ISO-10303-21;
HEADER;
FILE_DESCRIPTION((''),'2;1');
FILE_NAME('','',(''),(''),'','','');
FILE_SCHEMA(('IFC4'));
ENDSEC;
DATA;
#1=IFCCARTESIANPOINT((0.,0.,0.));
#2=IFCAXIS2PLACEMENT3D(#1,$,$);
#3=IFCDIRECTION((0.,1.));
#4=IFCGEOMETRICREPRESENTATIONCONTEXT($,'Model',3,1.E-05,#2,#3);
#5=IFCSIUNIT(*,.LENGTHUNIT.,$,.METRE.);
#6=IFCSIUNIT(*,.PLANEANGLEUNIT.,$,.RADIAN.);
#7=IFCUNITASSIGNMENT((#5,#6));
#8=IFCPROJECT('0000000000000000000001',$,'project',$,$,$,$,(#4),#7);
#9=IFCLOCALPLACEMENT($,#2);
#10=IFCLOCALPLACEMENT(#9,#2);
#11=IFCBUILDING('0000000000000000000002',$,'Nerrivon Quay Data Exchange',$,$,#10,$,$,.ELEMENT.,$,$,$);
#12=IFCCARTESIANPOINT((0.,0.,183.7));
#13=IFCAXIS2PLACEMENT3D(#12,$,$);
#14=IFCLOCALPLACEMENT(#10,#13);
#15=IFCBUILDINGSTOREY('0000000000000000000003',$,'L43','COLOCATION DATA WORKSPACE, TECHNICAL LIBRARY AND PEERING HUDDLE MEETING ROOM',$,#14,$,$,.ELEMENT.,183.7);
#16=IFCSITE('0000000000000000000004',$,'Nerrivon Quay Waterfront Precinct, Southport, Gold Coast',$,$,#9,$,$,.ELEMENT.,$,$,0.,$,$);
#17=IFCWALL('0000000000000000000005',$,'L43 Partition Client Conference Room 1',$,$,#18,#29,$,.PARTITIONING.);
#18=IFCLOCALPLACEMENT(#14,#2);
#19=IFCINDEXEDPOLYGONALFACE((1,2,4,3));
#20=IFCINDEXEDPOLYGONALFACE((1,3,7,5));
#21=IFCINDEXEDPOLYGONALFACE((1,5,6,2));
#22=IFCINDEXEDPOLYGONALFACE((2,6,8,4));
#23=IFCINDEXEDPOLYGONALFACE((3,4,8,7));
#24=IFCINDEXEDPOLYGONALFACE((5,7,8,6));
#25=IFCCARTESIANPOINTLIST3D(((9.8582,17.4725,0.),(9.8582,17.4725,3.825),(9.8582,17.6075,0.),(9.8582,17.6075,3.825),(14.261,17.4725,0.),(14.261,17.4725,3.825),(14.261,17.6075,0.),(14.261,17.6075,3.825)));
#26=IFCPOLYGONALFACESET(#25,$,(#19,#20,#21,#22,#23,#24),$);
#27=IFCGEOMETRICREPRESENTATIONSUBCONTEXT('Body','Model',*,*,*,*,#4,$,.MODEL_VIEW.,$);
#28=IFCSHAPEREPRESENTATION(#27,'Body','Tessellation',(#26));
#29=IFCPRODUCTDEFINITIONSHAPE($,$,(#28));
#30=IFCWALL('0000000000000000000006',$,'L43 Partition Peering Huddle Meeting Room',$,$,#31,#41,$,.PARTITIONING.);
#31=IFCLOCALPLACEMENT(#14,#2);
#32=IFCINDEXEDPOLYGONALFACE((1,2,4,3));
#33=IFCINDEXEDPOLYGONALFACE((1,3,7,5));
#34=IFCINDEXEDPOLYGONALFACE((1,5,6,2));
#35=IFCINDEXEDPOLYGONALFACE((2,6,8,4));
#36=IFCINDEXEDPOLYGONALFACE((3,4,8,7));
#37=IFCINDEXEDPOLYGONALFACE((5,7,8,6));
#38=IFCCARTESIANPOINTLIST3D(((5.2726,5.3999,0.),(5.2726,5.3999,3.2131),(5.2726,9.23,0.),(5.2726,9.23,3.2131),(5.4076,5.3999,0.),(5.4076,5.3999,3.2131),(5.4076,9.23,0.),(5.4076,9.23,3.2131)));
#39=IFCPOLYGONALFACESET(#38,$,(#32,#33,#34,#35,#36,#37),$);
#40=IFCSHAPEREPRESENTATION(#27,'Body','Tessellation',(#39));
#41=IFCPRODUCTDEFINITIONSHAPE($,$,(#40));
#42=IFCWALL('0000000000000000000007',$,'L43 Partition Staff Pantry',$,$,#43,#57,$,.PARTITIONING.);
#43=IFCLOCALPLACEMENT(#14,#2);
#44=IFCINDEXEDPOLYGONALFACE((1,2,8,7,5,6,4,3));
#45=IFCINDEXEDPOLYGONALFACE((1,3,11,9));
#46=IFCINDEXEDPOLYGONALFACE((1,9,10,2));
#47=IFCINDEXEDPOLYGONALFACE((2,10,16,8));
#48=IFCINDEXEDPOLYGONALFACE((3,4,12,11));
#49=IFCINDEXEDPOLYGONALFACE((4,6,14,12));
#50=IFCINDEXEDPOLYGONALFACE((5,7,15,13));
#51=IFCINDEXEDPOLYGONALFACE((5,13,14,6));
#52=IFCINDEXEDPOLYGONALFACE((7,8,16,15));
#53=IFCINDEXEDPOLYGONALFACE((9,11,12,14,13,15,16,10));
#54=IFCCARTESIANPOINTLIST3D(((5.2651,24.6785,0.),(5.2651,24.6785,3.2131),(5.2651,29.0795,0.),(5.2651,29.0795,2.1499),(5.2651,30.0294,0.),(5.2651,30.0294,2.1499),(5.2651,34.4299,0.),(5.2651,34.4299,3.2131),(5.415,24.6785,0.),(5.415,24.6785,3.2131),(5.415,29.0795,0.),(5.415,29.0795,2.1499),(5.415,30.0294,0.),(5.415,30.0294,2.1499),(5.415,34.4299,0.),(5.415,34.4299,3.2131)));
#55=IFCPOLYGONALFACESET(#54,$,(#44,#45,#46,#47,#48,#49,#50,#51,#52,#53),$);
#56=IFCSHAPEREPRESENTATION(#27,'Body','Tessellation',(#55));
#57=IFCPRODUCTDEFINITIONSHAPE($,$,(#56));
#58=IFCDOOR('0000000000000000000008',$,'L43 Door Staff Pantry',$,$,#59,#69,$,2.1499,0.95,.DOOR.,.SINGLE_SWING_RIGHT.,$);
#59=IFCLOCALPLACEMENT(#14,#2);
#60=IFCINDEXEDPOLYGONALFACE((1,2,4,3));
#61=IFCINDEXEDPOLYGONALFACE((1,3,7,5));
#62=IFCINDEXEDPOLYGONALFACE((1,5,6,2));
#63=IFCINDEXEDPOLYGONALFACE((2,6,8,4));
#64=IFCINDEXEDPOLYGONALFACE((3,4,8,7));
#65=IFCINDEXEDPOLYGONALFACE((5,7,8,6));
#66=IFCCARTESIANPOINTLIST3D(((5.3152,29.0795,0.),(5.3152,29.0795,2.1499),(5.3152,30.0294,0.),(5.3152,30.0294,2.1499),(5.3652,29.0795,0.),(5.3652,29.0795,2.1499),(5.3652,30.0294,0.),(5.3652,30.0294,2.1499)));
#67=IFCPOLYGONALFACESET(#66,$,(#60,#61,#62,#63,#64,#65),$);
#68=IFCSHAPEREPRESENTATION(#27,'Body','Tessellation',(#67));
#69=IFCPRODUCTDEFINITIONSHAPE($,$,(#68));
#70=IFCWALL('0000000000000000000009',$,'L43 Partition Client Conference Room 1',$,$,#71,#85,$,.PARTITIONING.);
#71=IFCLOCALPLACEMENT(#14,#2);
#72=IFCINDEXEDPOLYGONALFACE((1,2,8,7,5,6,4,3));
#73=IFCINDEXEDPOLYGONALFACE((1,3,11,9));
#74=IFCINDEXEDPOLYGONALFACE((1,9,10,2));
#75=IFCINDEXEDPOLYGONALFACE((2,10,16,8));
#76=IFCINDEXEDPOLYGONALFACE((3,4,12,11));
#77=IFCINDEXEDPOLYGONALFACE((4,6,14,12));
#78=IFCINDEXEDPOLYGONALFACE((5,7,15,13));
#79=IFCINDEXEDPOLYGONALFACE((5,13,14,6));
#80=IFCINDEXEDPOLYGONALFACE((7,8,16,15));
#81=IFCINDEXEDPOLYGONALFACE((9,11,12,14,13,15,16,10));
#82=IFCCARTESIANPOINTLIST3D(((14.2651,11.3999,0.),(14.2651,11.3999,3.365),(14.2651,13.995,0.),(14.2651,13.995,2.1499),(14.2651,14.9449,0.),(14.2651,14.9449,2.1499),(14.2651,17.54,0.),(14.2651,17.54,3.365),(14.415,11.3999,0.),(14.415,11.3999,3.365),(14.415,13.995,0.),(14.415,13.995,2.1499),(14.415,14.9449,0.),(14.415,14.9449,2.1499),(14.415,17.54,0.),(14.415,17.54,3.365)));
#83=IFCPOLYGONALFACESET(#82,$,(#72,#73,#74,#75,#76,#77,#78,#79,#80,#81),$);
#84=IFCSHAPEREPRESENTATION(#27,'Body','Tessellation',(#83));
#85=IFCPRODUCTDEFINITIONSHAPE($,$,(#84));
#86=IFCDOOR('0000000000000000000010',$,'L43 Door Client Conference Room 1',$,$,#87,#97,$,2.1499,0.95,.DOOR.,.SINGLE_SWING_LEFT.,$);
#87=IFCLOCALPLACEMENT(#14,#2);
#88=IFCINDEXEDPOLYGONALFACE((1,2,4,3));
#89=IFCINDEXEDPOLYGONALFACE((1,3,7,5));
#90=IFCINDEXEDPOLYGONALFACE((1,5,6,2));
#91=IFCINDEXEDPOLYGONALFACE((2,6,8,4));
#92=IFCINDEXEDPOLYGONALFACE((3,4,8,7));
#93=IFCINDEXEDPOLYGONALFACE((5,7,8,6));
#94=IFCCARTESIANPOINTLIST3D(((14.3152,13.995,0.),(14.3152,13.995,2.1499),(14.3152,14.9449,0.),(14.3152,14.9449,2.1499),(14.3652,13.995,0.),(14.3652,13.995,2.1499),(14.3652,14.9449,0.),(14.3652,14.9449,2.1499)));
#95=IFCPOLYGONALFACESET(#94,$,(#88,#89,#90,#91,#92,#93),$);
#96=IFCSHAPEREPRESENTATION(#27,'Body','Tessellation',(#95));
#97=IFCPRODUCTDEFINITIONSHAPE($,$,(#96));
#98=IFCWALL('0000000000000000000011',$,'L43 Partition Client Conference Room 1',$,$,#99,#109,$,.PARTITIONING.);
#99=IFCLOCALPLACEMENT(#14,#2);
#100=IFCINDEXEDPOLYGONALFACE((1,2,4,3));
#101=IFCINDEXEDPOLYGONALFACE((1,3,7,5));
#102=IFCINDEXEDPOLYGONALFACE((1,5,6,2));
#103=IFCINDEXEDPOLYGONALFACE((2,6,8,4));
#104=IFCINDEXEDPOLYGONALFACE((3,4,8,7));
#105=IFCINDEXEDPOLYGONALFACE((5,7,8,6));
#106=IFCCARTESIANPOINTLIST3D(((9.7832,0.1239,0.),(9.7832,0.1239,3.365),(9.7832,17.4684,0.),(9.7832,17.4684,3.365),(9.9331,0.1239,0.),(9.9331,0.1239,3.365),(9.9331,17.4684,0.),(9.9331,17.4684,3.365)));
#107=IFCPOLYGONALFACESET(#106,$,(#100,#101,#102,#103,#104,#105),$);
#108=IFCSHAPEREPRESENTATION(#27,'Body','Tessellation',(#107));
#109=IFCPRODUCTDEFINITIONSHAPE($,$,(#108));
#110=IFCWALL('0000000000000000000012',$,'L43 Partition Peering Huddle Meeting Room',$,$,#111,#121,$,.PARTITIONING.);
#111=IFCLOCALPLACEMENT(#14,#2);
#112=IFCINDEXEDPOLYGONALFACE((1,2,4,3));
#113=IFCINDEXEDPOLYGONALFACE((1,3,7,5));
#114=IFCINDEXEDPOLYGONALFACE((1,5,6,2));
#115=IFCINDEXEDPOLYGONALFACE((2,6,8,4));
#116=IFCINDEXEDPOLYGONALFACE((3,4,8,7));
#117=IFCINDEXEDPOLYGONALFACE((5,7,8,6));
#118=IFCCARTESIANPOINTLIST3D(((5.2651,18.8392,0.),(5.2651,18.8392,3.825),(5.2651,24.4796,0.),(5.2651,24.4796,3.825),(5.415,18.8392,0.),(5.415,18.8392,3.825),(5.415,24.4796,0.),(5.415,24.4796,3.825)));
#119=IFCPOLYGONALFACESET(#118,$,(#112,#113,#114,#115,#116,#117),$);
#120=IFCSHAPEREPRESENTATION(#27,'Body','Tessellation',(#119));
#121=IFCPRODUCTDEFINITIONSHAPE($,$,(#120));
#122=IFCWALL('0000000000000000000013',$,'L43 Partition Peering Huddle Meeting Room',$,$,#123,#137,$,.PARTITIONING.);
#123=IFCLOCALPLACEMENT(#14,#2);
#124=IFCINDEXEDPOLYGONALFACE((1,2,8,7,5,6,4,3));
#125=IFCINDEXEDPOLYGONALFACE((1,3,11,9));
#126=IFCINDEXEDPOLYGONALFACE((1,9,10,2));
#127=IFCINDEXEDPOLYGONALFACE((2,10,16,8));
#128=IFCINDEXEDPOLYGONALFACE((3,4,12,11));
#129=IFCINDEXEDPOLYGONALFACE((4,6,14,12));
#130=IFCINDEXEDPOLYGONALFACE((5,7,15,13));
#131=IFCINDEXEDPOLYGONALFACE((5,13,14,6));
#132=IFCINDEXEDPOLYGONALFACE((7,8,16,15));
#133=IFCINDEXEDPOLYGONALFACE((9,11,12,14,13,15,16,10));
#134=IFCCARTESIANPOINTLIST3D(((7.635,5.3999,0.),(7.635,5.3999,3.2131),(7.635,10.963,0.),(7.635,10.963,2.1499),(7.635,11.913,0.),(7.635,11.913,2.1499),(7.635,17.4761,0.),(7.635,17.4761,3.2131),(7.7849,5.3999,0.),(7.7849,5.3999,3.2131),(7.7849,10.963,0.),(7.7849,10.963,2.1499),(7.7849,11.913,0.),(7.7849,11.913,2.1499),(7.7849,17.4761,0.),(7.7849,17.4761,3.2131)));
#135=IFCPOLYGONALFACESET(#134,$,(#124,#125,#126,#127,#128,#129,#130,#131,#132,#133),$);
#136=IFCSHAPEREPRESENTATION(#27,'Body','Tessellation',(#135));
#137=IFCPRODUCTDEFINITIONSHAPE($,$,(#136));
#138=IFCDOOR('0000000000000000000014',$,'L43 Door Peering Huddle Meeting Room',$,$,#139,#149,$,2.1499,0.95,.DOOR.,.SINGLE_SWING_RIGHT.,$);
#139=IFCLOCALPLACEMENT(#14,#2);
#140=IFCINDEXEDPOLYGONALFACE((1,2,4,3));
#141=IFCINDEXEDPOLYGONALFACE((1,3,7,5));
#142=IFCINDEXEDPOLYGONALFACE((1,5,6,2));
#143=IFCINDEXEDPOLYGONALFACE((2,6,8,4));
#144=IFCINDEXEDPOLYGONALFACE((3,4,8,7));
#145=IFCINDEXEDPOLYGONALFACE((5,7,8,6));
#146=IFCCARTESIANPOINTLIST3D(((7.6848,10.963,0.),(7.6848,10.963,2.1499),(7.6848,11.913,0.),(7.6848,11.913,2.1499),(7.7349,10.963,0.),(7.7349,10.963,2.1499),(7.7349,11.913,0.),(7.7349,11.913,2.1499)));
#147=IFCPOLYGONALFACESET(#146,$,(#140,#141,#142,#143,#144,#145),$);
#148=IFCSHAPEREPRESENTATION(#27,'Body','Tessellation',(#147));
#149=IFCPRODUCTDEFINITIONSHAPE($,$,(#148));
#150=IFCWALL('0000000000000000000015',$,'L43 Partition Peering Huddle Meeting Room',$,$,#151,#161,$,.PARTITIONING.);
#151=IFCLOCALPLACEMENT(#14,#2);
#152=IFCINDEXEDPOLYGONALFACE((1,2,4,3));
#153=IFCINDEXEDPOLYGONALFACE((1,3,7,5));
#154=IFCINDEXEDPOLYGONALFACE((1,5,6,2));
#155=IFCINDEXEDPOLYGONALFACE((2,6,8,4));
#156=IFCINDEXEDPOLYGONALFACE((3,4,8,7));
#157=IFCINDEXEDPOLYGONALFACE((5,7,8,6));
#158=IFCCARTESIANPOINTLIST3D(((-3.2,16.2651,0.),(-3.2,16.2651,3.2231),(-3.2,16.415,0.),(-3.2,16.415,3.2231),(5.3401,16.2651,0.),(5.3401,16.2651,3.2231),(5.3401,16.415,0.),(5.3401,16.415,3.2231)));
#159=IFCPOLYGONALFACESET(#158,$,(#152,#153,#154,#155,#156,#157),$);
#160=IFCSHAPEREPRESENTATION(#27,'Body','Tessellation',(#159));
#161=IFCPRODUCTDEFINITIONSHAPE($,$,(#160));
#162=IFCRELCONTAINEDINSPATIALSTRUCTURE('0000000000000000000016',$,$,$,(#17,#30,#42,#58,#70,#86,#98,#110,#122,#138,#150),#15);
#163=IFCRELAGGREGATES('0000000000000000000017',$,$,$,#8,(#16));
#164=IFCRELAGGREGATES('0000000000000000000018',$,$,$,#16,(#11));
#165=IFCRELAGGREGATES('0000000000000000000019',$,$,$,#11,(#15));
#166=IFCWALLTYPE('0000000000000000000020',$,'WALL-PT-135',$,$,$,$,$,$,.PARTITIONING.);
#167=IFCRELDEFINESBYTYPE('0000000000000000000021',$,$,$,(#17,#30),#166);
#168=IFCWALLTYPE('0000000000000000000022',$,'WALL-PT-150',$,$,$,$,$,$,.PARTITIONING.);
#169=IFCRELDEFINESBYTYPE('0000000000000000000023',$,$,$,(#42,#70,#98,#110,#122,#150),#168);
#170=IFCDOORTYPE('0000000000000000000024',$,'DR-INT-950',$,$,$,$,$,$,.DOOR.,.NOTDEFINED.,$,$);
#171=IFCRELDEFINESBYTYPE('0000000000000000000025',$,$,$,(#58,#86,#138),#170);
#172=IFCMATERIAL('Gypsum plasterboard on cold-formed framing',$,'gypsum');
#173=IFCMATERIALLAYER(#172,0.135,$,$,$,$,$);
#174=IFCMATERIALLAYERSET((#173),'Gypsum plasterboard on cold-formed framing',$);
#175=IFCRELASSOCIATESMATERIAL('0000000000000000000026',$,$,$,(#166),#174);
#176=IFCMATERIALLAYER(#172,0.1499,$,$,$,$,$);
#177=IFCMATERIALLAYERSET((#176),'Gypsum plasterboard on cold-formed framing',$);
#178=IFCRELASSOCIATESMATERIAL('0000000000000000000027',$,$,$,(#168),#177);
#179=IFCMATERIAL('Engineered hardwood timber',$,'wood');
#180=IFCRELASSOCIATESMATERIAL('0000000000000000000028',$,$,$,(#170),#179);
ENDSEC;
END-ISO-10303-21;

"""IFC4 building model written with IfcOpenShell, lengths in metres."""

from ifc_helpers import new_model, si_unit, direction, frame, frame_2d, origin, place, context, subcontext, project, spatial, rectangle, extrude, material, layer, layer_set, type_object, element, fill, save


model = new_model("IFC4")

# Units and contexts
model_context = context("Model", 3, precision=1e-05, world=origin(), true_north=direction((0.0, 1.0)))
body_context = subcontext(model_context, "Body", "Model", "MODEL_VIEW")
ifc_project = project(units=[si_unit("LENGTHUNIT", "METRE"), si_unit("PLANEANGLEUNIT", "RADIAN")], contexts=[model_context])

# Site, building, storey
site_placement = place(None, origin())
site = spatial("IfcSite", under=ifc_project, at=site_placement, Name="Nerrivon Quay Waterfront Precinct, Southport, Gold Coast", CompositionType="ELEMENT", RefElevation=0.0)
building_placement = place(site_placement, origin())
building = spatial("IfcBuilding", under=site, at=building_placement, Name="Nerrivon Quay Data Exchange", CompositionType="ELEMENT")
storey_placement = place(building_placement, frame((0.0, 0.0, 183.7)))
storey = spatial("IfcBuildingStorey", under=building, at=storey_placement, Name="L43", Description="COLOCATION DATA WORKSPACE, TECHNICAL LIBRARY AND PEERING HUDDLE MEETING ROOM", CompositionType="ELEMENT", Elevation=183.7)

# Shared definitions
ifc_material_1 = material(Name="Gypsum plasterboard on cold-formed framing", Category="gypsum")

# Shared definitions
ifc_material_2 = material(Name="Engineered hardwood timber", Category="wood")

# Walls
ifc_layer_1 = layer(ifc_material_1, 0.135)
ifc_layer_set_1 = layer_set([ifc_layer_1], Name="Gypsum plasterboard on cold-formed framing")
wall_type_1 = type_object("IfcWallType", Name="WALL-PT-135", PredefinedType="PARTITIONING", material=ifc_layer_set_1)
wall_1_placement = place(storey_placement, frame((14.261, 17.54, 0.0), z_axis=(0.0, 0.0, 1.0), x_axis=(-1.0, 0.0, 0.0)))
element("IfcWall", 1, at=wall_1_placement, inside=storey, type_object=wall_type_1, Name="L43 Partition Client Conference Room 1", PredefinedType="PARTITIONING", context=body_context, shape_type="SweptSolid", body=[
    extrude(rectangle(XDim=4.4028, YDim=0.135, at=frame_2d((2.2014, 0.0))), origin(), (0.0, 0.0, 1.0), 3.825),
])
wall_2_placement = place(storey_placement, frame((5.3401, 5.3999, 0.0), z_axis=(0.0, 0.0, 1.0), x_axis=(0.0, 1.0, 0.0)))
element("IfcWall", 2, at=wall_2_placement, inside=storey, type_object=wall_type_1, Name="L43 Partition Peering Huddle Meeting Room", PredefinedType="PARTITIONING", context=body_context, shape_type="SweptSolid", body=[
    extrude(rectangle(XDim=3.8301, YDim=0.135, at=frame_2d((1.915, 0.0))), origin(), (0.0, 0.0, 1.0), 3.2131),
])

# Walls, openings, doors
ifc_layer_2 = layer(ifc_material_1, 0.1499)
ifc_layer_set_2 = layer_set([ifc_layer_2], Name="Gypsum plasterboard on cold-formed framing")
wall_type_2 = type_object("IfcWallType", Name="WALL-PT-150", PredefinedType="PARTITIONING", material=ifc_layer_set_2)
wall_3_placement = place(storey_placement, frame((5.3401, 24.6785, 0.0), z_axis=(0.0, 0.0, 1.0), x_axis=(0.0, 1.0, 0.0)))
wall_3 = element("IfcWall", 3, at=wall_3_placement, inside=storey, type_object=wall_type_2, Name="L43 Partition Staff Pantry", PredefinedType="PARTITIONING", context=body_context, shape_type="SweptSolid", body=[
    extrude(rectangle(XDim=9.7515, YDim=0.1499, at=frame_2d((4.8757, 0.0))), origin(), (0.0, 0.0, 1.0), 3.2131),
])
opening_1_placement = place(wall_3_placement, frame((4.4009, 0.0, 0.0)))
opening_1 = element("IfcOpeningElement", 4, at=opening_1_placement, cuts=wall_3, PredefinedType="OPENING", context=body_context, shape_type="SweptSolid", body=[
    extrude(rectangle(XDim=0.95, YDim=2.1499, at=frame_2d((0.4751, 1.075))), frame((0.0, 0.085, 0.0), z_axis=(0.0, -1.0, 0.0), x_axis=(1.0, 0.0, 0.0)), (0.0, 0.0, 1.0), 0.1699),
])
door_type_1 = type_object("IfcDoorType", Name="DR-INT-950", OperationType="NOTDEFINED", PredefinedType="DOOR", material=ifc_material_2)
door_1_placement = place(opening_1_placement, origin())
door_1 = element("IfcDoor", 5, at=door_1_placement, inside=storey, type_object=door_type_1, Name="L43 Door Staff Pantry", OperationType="SINGLE_SWING_RIGHT", OverallHeight=2.1499, OverallWidth=0.95, PredefinedType="DOOR", context=body_context, shape_type="SweptSolid", body=[
    extrude(rectangle(XDim=0.95, YDim=2.1499, at=frame_2d((0.4751, 1.075))), frame((0.0, 0.0249, 0.0), z_axis=(0.0, -1.0, 0.0), x_axis=(1.0, 0.0, 0.0)), (0.0, 0.0, 1.0), 0.05),
])
fill(opening_1, door_1)
wall_4_placement = place(storey_placement, frame((14.3401, 11.3999, 0.0), z_axis=(0.0, 0.0, 1.0), x_axis=(0.0, 1.0, 0.0)))
wall_4 = element("IfcWall", 6, at=wall_4_placement, inside=storey, type_object=wall_type_2, Name="L43 Partition Client Conference Room 1", PredefinedType="PARTITIONING", context=body_context, shape_type="SweptSolid", body=[
    extrude(rectangle(XDim=6.1401, YDim=0.1499, at=frame_2d((3.0701, 0.0))), origin(), (0.0, 0.0, 1.0), 3.365),
])
opening_2_placement = place(wall_4_placement, frame((2.595, 0.0, 0.0)))
opening_2 = element("IfcOpeningElement", 7, at=opening_2_placement, cuts=wall_4, PredefinedType="OPENING", context=body_context, shape_type="SweptSolid", body=[
    extrude(rectangle(XDim=0.95, YDim=2.1499, at=frame_2d((0.4751, 1.075))), frame((0.0, 0.085, 0.0), z_axis=(0.0, -1.0, 0.0), x_axis=(1.0, 0.0, 0.0)), (0.0, 0.0, 1.0), 0.1699),
])
door_2_placement = place(opening_2_placement, origin())
door_2 = element("IfcDoor", 8, at=door_2_placement, inside=storey, type_object=door_type_1, Name="L43 Door Client Conference Room 1", OperationType="SINGLE_SWING_LEFT", OverallHeight=2.1499, OverallWidth=0.95, PredefinedType="DOOR", context=body_context, shape_type="SweptSolid", body=[
    extrude(rectangle(XDim=0.95, YDim=2.1499, at=frame_2d((0.4751, 1.075))), frame((0.0, 0.0249, 0.0), z_axis=(0.0, -1.0, 0.0), x_axis=(1.0, 0.0, 0.0)), (0.0, 0.0, 1.0), 0.05),
])
fill(opening_2, door_2)

# Walls
wall_5_placement = place(storey_placement, frame((9.8582, 17.4685, 0.0), z_axis=(0.0, 0.0, 1.0), x_axis=(0.0, -1.0, 0.0)))
element("IfcWall", 9, at=wall_5_placement, inside=storey, type_object=wall_type_2, Name="L43 Partition Client Conference Room 1", PredefinedType="PARTITIONING", context=body_context, shape_type="SweptSolid", body=[
    extrude(rectangle(XDim=17.3445, YDim=0.1499, at=frame_2d((8.6724, 0.0))), origin(), (0.0, 0.0, 1.0), 3.365),
])
wall_6_placement = place(storey_placement, frame((5.3401, 18.8391, 0.0), z_axis=(0.0, 0.0, 1.0), x_axis=(0.0, 1.0, 0.0)))
element("IfcWall", 10, at=wall_6_placement, inside=storey, type_object=wall_type_2, Name="L43 Partition Peering Huddle Meeting Room", PredefinedType="PARTITIONING", context=body_context, shape_type="SweptSolid", body=[
    extrude(rectangle(XDim=5.6404, YDim=0.1499, at=frame_2d((2.8203, 0.0))), origin(), (0.0, 0.0, 1.0), 3.825),
])

# Wall, opening, door
wall_7_placement = place(storey_placement, frame((7.71, 17.4761, 0.0), z_axis=(0.0, 0.0, 1.0), x_axis=(0.0, -1.0, 0.0)))
wall_7 = element("IfcWall", 11, at=wall_7_placement, inside=storey, type_object=wall_type_2, Name="L43 Partition Peering Huddle Meeting Room", PredefinedType="PARTITIONING", context=body_context, shape_type="SweptSolid", body=[
    extrude(rectangle(XDim=12.0762, YDim=0.1499, at=frame_2d((6.0381, 0.0))), origin(), (0.0, 0.0, 1.0), 3.2131),
])
opening_3_placement = place(wall_7_placement, frame((5.563, 0.0, 0.0)))
opening_3 = element("IfcOpeningElement", 12, at=opening_3_placement, cuts=wall_7, PredefinedType="OPENING", context=body_context, shape_type="SweptSolid", body=[
    extrude(rectangle(XDim=0.95, YDim=2.1499, at=frame_2d((0.4751, 1.075))), frame((0.0, 0.085, 0.0), z_axis=(0.0, -1.0, 0.0), x_axis=(1.0, 0.0, 0.0)), (0.0, 0.0, 1.0), 0.1699),
])
door_3_placement = place(opening_3_placement, origin())
door_3 = element("IfcDoor", 13, at=door_3_placement, inside=storey, type_object=door_type_1, Name="L43 Door Peering Huddle Meeting Room", OperationType="SINGLE_SWING_RIGHT", OverallHeight=2.1499, OverallWidth=0.95, PredefinedType="DOOR", context=body_context, shape_type="SweptSolid", body=[
    extrude(rectangle(XDim=0.95, YDim=2.1499, at=frame_2d((0.4751, 1.075))), frame((0.0, 0.0249, 0.0), z_axis=(0.0, -1.0, 0.0), x_axis=(1.0, 0.0, 0.0)), (0.0, 0.0, 1.0), 0.05),
])
fill(opening_3, door_3)

# Wall
wall_8_placement = place(storey_placement, frame((5.3401, 16.3401, 0.0), z_axis=(0.0, 0.0, 1.0), x_axis=(-1.0, 0.0, 0.0)))
element("IfcWall", 14, at=wall_8_placement, inside=storey, type_object=wall_type_2, Name="L43 Partition Peering Huddle Meeting Room", PredefinedType="PARTITIONING", context=body_context, shape_type="SweptSolid", body=[
    extrude(rectangle(XDim=8.54, YDim=0.1499, at=frame_2d((4.27, 0.0))), origin(), (0.0, 0.0, 1.0), 3.2231),
])

save(model, "model.ifc")
